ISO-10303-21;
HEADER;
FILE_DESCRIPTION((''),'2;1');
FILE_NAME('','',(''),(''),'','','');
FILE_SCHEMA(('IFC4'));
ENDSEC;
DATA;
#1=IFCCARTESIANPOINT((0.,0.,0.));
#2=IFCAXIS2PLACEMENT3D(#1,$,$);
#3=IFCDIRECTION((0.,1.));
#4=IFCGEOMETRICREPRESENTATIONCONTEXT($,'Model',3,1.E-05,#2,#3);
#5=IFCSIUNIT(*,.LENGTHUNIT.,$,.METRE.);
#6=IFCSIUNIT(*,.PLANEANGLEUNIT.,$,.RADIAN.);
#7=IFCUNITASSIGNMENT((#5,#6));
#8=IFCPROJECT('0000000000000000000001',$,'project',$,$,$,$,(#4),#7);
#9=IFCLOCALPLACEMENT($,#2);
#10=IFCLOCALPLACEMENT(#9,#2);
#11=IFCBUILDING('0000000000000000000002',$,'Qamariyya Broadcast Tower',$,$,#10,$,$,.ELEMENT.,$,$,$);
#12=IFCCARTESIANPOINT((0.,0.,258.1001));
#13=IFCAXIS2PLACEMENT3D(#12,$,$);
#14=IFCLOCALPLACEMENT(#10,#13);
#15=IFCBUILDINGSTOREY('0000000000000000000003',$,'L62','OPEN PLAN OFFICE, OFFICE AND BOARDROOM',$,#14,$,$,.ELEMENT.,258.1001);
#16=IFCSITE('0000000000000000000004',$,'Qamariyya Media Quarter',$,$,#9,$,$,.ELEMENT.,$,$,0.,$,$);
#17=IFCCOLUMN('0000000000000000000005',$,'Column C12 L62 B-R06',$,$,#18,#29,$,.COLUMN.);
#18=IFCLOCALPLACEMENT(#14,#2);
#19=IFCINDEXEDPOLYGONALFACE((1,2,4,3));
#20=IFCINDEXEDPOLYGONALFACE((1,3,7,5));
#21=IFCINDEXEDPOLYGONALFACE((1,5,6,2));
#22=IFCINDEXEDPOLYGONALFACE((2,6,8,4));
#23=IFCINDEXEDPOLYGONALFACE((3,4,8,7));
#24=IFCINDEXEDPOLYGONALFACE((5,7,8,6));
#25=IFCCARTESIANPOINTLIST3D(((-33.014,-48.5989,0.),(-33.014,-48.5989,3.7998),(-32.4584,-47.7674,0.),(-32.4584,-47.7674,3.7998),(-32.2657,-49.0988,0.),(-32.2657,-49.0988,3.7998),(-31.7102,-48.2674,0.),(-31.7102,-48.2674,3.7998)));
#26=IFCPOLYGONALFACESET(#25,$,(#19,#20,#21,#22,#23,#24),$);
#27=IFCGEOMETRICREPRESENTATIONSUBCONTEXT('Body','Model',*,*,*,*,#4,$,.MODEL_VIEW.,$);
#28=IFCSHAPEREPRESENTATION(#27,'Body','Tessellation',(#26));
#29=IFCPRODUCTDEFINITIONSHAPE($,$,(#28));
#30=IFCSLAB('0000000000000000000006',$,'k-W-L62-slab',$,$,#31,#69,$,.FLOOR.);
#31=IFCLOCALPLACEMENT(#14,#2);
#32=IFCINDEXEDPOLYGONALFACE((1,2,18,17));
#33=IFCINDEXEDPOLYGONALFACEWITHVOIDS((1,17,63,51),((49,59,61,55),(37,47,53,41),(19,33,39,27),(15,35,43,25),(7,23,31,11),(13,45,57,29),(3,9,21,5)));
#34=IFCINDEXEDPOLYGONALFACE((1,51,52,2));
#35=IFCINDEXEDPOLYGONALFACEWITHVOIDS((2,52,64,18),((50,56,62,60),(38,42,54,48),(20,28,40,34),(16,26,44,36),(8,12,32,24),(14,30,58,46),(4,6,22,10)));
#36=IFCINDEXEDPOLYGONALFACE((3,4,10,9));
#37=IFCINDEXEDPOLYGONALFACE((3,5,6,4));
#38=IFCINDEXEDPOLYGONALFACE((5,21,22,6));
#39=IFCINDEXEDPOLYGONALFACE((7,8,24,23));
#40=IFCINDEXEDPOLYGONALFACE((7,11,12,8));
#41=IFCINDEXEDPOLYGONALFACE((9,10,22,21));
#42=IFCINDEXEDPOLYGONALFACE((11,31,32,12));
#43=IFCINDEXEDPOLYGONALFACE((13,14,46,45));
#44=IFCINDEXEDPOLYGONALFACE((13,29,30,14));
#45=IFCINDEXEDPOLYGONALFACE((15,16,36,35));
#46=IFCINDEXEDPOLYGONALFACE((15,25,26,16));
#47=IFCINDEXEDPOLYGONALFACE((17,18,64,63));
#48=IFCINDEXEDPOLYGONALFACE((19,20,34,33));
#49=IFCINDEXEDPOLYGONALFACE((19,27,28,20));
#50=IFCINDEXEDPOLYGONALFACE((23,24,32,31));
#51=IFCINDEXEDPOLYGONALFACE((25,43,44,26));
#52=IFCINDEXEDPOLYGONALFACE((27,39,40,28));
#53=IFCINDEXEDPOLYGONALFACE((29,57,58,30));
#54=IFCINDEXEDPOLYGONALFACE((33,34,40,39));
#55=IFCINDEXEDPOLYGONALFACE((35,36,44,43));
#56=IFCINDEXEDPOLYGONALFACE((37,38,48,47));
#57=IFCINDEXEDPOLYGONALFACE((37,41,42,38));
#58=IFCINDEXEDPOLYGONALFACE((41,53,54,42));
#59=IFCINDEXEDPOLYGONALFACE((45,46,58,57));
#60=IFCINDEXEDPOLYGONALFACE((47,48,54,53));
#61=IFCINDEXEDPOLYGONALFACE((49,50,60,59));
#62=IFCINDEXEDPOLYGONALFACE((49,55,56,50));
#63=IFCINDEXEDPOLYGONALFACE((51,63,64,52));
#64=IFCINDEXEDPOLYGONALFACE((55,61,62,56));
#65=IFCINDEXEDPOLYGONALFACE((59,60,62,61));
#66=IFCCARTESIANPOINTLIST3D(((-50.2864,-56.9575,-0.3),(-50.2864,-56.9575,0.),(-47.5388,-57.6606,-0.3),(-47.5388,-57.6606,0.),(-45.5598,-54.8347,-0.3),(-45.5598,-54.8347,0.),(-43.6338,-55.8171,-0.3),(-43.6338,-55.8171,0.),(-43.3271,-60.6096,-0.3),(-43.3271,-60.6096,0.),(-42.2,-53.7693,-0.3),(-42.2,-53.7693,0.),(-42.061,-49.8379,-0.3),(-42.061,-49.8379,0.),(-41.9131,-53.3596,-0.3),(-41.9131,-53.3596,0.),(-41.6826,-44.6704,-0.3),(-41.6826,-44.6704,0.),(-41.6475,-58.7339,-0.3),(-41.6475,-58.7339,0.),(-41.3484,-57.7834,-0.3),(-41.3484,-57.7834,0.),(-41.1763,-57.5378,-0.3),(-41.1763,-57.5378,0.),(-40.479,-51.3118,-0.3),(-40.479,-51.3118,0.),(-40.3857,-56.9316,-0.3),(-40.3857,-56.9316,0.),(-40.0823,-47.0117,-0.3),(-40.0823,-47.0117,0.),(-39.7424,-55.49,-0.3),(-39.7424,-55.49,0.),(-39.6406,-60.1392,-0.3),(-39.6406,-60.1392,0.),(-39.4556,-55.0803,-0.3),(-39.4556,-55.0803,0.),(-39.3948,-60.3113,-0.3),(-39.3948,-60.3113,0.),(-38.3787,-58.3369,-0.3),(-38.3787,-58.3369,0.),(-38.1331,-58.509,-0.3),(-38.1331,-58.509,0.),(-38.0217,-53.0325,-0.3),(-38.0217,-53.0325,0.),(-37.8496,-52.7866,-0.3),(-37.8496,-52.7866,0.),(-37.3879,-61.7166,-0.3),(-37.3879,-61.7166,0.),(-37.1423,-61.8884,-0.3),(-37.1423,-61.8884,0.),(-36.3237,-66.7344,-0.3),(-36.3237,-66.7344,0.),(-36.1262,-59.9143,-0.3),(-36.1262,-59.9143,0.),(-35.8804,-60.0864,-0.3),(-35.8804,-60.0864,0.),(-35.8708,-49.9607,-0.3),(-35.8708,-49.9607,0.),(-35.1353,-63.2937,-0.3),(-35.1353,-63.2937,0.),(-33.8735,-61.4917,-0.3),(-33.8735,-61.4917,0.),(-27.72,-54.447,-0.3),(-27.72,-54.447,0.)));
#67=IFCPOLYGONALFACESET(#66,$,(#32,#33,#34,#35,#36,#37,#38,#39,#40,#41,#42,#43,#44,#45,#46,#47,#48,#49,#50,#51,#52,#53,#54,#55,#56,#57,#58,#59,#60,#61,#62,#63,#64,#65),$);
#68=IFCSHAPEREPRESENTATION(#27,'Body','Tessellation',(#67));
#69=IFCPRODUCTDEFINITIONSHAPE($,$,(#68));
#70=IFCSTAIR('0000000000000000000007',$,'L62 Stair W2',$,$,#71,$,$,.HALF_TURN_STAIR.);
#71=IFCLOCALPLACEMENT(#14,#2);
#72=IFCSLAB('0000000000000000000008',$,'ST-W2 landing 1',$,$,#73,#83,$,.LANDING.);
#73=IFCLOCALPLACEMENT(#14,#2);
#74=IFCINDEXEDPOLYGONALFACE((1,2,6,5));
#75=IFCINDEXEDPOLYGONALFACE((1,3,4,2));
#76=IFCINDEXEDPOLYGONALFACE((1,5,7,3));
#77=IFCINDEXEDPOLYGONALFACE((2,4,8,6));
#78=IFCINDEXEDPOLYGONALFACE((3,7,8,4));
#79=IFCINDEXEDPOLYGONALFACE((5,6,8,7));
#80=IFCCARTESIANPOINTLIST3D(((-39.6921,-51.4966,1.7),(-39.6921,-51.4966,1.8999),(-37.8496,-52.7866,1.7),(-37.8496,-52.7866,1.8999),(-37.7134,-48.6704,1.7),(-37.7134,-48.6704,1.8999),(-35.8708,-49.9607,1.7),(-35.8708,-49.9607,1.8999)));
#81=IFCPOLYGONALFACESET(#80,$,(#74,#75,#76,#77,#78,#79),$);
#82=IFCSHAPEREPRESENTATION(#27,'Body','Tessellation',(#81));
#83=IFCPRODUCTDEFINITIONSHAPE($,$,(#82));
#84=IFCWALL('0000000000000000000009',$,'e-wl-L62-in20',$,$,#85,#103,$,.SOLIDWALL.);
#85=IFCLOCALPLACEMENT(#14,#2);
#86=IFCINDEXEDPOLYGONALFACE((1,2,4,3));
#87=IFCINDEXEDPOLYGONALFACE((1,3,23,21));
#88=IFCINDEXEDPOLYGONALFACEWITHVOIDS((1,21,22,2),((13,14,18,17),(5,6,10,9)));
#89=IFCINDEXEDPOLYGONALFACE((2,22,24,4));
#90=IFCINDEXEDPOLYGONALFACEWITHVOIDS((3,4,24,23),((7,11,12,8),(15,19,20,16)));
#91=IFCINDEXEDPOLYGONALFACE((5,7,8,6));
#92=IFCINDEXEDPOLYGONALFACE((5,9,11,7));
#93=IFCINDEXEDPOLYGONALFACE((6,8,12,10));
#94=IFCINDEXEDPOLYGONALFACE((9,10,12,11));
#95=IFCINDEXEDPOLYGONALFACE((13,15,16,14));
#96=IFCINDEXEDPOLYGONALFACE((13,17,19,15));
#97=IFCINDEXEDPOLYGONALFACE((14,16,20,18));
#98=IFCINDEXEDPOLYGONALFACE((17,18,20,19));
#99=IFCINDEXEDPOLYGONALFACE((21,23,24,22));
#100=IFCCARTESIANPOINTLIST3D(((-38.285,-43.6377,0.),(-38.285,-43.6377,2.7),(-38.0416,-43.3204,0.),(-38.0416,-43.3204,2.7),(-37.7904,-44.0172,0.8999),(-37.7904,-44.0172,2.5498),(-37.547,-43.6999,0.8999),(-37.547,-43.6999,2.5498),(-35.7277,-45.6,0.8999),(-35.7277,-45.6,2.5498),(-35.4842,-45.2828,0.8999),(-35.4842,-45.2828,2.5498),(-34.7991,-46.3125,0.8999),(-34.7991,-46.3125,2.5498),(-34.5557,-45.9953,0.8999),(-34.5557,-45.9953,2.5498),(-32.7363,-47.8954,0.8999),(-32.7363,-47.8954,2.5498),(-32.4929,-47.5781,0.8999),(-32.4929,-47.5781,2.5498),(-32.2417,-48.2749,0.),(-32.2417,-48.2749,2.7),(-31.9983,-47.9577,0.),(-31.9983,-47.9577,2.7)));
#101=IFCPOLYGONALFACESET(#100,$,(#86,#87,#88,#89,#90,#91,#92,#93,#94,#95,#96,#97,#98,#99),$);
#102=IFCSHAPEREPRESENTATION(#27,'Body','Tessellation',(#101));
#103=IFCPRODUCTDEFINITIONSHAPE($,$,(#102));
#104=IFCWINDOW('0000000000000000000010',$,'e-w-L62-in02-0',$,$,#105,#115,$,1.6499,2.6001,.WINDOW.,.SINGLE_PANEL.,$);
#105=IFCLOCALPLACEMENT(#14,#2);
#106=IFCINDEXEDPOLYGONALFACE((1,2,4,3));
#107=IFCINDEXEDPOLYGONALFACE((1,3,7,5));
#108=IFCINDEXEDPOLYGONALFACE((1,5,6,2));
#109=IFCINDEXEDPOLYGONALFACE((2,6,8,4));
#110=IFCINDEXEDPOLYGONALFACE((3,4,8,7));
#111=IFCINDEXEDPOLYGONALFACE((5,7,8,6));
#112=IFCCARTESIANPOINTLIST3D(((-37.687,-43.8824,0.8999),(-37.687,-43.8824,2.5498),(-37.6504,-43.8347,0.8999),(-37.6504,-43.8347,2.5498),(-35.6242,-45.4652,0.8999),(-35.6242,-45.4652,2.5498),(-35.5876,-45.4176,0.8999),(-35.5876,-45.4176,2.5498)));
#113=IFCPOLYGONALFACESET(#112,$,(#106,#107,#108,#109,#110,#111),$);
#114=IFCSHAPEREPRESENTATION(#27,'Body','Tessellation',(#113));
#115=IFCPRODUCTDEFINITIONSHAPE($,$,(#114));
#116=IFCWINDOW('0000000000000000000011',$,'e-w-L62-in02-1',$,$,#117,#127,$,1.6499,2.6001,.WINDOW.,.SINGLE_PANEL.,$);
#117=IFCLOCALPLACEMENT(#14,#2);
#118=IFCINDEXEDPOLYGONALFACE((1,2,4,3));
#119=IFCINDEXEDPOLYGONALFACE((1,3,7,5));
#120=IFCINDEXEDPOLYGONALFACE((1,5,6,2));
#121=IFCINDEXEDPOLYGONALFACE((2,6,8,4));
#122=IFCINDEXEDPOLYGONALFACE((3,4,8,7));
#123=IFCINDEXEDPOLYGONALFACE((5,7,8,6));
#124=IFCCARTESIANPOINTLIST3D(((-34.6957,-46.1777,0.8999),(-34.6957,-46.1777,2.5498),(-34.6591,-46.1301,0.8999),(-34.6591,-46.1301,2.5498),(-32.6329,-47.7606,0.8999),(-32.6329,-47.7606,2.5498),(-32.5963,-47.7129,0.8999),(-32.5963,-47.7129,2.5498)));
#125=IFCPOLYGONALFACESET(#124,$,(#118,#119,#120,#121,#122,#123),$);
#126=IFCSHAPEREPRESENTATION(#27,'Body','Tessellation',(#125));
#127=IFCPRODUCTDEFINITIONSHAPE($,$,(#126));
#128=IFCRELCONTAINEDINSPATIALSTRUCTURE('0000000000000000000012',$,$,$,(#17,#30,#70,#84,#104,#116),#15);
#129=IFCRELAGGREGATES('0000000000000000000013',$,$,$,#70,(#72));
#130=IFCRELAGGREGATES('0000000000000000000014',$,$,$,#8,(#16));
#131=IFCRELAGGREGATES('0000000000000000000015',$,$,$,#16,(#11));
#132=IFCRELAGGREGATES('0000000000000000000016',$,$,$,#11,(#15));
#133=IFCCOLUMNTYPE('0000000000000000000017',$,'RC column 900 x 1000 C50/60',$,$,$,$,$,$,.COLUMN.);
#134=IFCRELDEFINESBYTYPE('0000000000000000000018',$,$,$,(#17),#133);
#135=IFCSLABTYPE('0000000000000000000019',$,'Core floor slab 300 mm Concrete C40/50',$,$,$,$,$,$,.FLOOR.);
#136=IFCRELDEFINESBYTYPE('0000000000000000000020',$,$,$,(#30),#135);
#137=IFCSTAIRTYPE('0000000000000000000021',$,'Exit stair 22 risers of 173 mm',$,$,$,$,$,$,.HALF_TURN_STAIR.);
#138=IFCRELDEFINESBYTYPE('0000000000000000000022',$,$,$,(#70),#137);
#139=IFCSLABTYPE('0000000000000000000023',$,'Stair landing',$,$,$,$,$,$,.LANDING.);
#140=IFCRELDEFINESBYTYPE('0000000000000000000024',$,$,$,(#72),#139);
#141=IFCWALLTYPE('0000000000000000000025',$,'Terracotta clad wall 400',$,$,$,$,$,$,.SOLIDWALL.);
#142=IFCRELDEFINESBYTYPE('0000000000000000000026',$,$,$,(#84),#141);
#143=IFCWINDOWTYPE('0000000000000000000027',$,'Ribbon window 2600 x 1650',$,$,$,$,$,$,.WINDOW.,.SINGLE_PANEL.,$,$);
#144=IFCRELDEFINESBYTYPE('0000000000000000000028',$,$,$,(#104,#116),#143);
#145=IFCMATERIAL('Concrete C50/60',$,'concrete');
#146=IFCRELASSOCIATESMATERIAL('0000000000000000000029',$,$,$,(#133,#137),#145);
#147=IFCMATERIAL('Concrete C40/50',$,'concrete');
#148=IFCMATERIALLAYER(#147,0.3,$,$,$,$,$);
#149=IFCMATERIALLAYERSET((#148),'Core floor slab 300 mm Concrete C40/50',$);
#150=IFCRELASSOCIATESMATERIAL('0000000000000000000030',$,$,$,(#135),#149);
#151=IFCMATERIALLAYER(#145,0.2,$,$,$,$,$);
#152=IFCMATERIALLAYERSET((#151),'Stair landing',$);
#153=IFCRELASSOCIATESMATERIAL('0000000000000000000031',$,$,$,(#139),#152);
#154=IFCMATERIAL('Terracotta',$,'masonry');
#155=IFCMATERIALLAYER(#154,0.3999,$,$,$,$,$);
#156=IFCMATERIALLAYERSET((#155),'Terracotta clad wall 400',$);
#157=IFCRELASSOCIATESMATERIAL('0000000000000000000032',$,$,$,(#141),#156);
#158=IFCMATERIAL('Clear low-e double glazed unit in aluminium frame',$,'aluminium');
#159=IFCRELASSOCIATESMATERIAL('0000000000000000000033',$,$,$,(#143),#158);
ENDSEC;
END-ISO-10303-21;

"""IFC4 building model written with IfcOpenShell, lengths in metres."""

from ifc_helpers import new_model, si_unit, direction, frame, frame_2d, origin, origin_2d, place, context, subcontext, project, spatial, polyline, rectangle, outline, extrude, material, layer, layer_set, material_profile, profile_set, type_object, element, fill, aggregate, save


model = new_model("IFC4")

# Units and contexts
model_context = context("Model", 3, precision=1e-05, world=origin(), true_north=direction((0.0, 1.0)))
body_context = subcontext(model_context, "Body", "Model", "MODEL_VIEW")
ifc_project = project(units=[si_unit("LENGTHUNIT", "METRE"), si_unit("PLANEANGLEUNIT", "RADIAN")], contexts=[model_context])

# Site, building, storey
site_placement = place(None, origin())
site = spatial("IfcSite", under=ifc_project, at=site_placement, Name="Qamariyya Media Quarter", CompositionType="ELEMENT", RefElevation=0.0)
building_placement = place(site_placement, origin())
building = spatial("IfcBuilding", under=site, at=building_placement, Name="Qamariyya Broadcast Tower", CompositionType="ELEMENT")
storey_placement = place(building_placement, frame((0.0, 0.0, 258.1001)))
storey = spatial("IfcBuildingStorey", under=building, at=storey_placement, Name="L62", Description="OPEN PLAN OFFICE, OFFICE AND BOARDROOM", CompositionType="ELEMENT", Elevation=258.1001)

# Column
ifc_material_1 = material(Name="Concrete C50/60", Category="concrete")
ifc_material_profile = material_profile(ifc_material_1, rectangle(XDim=0.8999, YDim=1.0, at=origin_2d()))
ifc_profile_set = profile_set([ifc_material_profile], Name="Concrete C50/60")
column_type = type_object("IfcColumnType", Name="RC column 900 x 1000 C50/60", PredefinedType="COLUMN", material=ifc_profile_set)
column_placement = place(storey_placement, frame((-32.3621, -48.4331, 0.0), z_axis=(0.0, 0.0, 1.0), x_axis=(0.83147, -0.55557, 0.0)))
element("IfcColumn", 1, at=column_placement, inside=storey, type_object=column_type, Name="Column C12 L62 B-R06", PredefinedType="COLUMN", context=body_context, shape_type="SweptSolid", body=[
    extrude(rectangle(XDim=0.8999, YDim=1.0, at=origin_2d()), origin(), (0.0, 0.0, 1.0), 3.7998),
])

# Slab
ifc_material_2 = material(Name="Concrete C40/50", Category="concrete")
ifc_layer_1 = layer(ifc_material_2, 0.3)
ifc_layer_set_1 = layer_set([ifc_layer_1], Name="Core floor slab 300 mm Concrete C40/50")
slab_type_1 = type_object("IfcSlabType", Name="Core floor slab 300 mm Concrete C40/50", PredefinedType="FLOOR", material=ifc_layer_set_1)
slab_1_placement = place(storey_placement, frame((0.0, 0.0, -0.3)))
element("IfcSlab", 2, at=slab_1_placement, inside=storey, type_object=slab_type_1, Name="k-W-L62-slab", PredefinedType="FLOOR", context=body_context, shape_type="SweptSolid", body=[
    extrude(outline(polyline([(-50.2864, -56.9575), (-36.3237, -66.7344), (-27.72, -54.447), (-41.6826, -44.6704), (-50.2864, -56.9575)]), holes=[polyline([(-33.8735, -61.4917), (-35.8804, -60.0864), (-37.1423, -61.8884), (-35.1353, -63.2937), (-33.8735, -61.4917)]), polyline([(-36.1262, -59.9143), (-38.1331, -58.509), (-39.3948, -60.3113), (-37.3879, -61.7166), (-36.1262, -59.9143)]), polyline([(-38.3787, -58.3369), (-40.3857, -56.9316), (-41.6475, -58.7339), (-39.6406, -60.1392), (-38.3787, -58.3369)]), polyline([(-39.7424, -55.49), (-42.2, -53.7693), (-43.6338, -55.8171), (-41.1763, -57.5378), (-39.7424, -55.49)]), polyline([(-39.4556, -55.0803), (-41.9131, -53.3596), (-40.479, -51.3118), (-38.0217, -53.0325), (-39.4556, -55.0803)]), polyline([(-42.061, -49.8379), (-37.8496, -52.7866), (-35.8708, -49.9607), (-40.0823, -47.0117), (-42.061, -49.8379)]), polyline([(-47.5388, -57.6606), (-43.3271, -60.6096), (-41.3484, -57.7834), (-45.5598, -54.8347), (-47.5388, -57.6606)])]), origin(), (0.0, 0.0, 1.0), 0.3),
])

# Stair, slab
stair_type = type_object("IfcStairType", Name="Exit stair 22 risers of 173 mm", PredefinedType="HALF_TURN_STAIR", material=ifc_material_1)
stair_placement = place(storey_placement, origin())
stair = element("IfcStair", 3, at=stair_placement, inside=storey, type_object=stair_type, Name="L62 Stair W2", PredefinedType="HALF_TURN_STAIR")
ifc_layer_2 = layer(ifc_material_1, 0.2)
ifc_layer_set_2 = layer_set([ifc_layer_2], Name="Stair landing")
slab_type_2 = type_object("IfcSlabType", Name="Stair landing", PredefinedType="LANDING", material=ifc_layer_set_2)
slab_2_placement = place(storey_placement, frame((0.0, 0.0, 1.7)))
slab_2 = element("IfcSlab", 4, at=slab_2_placement, type_object=slab_type_2, Name="ST-W2 landing 1", PredefinedType="LANDING", context=body_context, shape_type="SweptSolid", body=[
    extrude(outline(polyline([(-39.6921, -51.4966), (-37.8496, -52.7866), (-35.8708, -49.9607), (-37.7134, -48.6704), (-39.6921, -51.4966)])), origin(), (0.0, 0.0, 1.0), 0.2),
])
aggregate(stair, [slab_2])

# Wall, openings, windows
ifc_material_3 = material(Name="Terracotta", Category="masonry")
ifc_layer_3 = layer(ifc_material_3, 0.3999)
ifc_layer_set_3 = layer_set([ifc_layer_3], Name="Terracotta clad wall 400")
wall_type = type_object("IfcWallType", Name="Terracotta clad wall 400", PredefinedType="SOLIDWALL", material=ifc_layer_set_3)
wall_1_placement = place(storey_placement, frame((-32.1201, -48.1162, 0.0), z_axis=(0.0, 0.0, 1.0), x_axis=(-0.793348, 0.608769, 0.0)))
wall_1 = element("IfcWall", 5, at=wall_1_placement, inside=storey, type_object=wall_type, Name="e-wl-L62-in20", PredefinedType="SOLIDWALL", context=body_context, shape_type="SweptSolid", body=[
    extrude(rectangle(XDim=7.6174, YDim=0.3999, at=frame_2d((3.8086, 0.0))), origin(), (0.0, 0.0, 1.0), 2.7),
])
opening_1_placement = place(wall_1_placement, frame((4.3938, 0.0, 0.8999)))
opening_1 = element("IfcOpeningElement", 6, at=opening_1_placement, cuts=wall_1, PredefinedType="OPENING", context=body_context, shape_type="SweptSolid", body=[
    extrude(rectangle(XDim=2.6001, YDim=1.6499, at=frame_2d((1.3, 0.825))), frame((0.0, 0.21, 0.0), z_axis=(0.0, -1.0, 0.0), x_axis=(1.0, 0.0, 0.0)), (0.0, 0.0, 1.0), 0.4199),
])
opening_2_placement = place(wall_1_placement, frame((0.6233, 0.0, 0.8999)))
opening_2 = element("IfcOpeningElement", 7, at=opening_2_placement, cuts=wall_1, PredefinedType="OPENING", context=body_context, shape_type="SweptSolid", body=[
    extrude(rectangle(XDim=2.6001, YDim=1.6499, at=frame_2d((1.3, 0.825))), frame((0.0, 0.21, 0.0), z_axis=(0.0, -1.0, 0.0), x_axis=(1.0, 0.0, 0.0)), (0.0, 0.0, 1.0), 0.4199),
])
ifc_material_4 = material(Name="Clear low-e double glazed unit in aluminium frame", Category="aluminium")
window_type = type_object("IfcWindowType", Name="Ribbon window 2600 x 1650", PartitioningType="SINGLE_PANEL", PredefinedType="WINDOW", material=ifc_material_4)
window_1_placement = place(opening_1_placement, origin())
window_1 = element("IfcWindow", 8, at=window_1_placement, inside=storey, type_object=window_type, Name="e-w-L62-in02-0", OverallHeight=1.6499, OverallWidth=2.6001, PartitioningType="SINGLE_PANEL", PredefinedType="WINDOW", context=body_context, shape_type="SweptSolid", body=[
    extrude(rectangle(XDim=2.6001, YDim=1.6499, at=frame_2d((1.3, 0.825))), frame((0.0, 0.03, 0.0), z_axis=(0.0, -1.0, 0.0), x_axis=(1.0, 0.0, 0.0)), (0.0, 0.0, 1.0), 0.0601),
])
fill(opening_1, window_1)
window_2_placement = place(opening_2_placement, origin())
window_2 = element("IfcWindow", 9, at=window_2_placement, inside=storey, type_object=window_type, Name="e-w-L62-in02-1", OverallHeight=1.6499, OverallWidth=2.6001, PartitioningType="SINGLE_PANEL", PredefinedType="WINDOW", context=body_context, shape_type="SweptSolid", body=[
    extrude(rectangle(XDim=2.6001, YDim=1.6499, at=frame_2d((1.3, 0.825))), frame((0.0, 0.03, 0.0), z_axis=(0.0, -1.0, 0.0), x_axis=(1.0, 0.0, 0.0)), (0.0, 0.0, 1.0), 0.0601),
])
fill(opening_2, window_2)

save(model, "model.ifc")
